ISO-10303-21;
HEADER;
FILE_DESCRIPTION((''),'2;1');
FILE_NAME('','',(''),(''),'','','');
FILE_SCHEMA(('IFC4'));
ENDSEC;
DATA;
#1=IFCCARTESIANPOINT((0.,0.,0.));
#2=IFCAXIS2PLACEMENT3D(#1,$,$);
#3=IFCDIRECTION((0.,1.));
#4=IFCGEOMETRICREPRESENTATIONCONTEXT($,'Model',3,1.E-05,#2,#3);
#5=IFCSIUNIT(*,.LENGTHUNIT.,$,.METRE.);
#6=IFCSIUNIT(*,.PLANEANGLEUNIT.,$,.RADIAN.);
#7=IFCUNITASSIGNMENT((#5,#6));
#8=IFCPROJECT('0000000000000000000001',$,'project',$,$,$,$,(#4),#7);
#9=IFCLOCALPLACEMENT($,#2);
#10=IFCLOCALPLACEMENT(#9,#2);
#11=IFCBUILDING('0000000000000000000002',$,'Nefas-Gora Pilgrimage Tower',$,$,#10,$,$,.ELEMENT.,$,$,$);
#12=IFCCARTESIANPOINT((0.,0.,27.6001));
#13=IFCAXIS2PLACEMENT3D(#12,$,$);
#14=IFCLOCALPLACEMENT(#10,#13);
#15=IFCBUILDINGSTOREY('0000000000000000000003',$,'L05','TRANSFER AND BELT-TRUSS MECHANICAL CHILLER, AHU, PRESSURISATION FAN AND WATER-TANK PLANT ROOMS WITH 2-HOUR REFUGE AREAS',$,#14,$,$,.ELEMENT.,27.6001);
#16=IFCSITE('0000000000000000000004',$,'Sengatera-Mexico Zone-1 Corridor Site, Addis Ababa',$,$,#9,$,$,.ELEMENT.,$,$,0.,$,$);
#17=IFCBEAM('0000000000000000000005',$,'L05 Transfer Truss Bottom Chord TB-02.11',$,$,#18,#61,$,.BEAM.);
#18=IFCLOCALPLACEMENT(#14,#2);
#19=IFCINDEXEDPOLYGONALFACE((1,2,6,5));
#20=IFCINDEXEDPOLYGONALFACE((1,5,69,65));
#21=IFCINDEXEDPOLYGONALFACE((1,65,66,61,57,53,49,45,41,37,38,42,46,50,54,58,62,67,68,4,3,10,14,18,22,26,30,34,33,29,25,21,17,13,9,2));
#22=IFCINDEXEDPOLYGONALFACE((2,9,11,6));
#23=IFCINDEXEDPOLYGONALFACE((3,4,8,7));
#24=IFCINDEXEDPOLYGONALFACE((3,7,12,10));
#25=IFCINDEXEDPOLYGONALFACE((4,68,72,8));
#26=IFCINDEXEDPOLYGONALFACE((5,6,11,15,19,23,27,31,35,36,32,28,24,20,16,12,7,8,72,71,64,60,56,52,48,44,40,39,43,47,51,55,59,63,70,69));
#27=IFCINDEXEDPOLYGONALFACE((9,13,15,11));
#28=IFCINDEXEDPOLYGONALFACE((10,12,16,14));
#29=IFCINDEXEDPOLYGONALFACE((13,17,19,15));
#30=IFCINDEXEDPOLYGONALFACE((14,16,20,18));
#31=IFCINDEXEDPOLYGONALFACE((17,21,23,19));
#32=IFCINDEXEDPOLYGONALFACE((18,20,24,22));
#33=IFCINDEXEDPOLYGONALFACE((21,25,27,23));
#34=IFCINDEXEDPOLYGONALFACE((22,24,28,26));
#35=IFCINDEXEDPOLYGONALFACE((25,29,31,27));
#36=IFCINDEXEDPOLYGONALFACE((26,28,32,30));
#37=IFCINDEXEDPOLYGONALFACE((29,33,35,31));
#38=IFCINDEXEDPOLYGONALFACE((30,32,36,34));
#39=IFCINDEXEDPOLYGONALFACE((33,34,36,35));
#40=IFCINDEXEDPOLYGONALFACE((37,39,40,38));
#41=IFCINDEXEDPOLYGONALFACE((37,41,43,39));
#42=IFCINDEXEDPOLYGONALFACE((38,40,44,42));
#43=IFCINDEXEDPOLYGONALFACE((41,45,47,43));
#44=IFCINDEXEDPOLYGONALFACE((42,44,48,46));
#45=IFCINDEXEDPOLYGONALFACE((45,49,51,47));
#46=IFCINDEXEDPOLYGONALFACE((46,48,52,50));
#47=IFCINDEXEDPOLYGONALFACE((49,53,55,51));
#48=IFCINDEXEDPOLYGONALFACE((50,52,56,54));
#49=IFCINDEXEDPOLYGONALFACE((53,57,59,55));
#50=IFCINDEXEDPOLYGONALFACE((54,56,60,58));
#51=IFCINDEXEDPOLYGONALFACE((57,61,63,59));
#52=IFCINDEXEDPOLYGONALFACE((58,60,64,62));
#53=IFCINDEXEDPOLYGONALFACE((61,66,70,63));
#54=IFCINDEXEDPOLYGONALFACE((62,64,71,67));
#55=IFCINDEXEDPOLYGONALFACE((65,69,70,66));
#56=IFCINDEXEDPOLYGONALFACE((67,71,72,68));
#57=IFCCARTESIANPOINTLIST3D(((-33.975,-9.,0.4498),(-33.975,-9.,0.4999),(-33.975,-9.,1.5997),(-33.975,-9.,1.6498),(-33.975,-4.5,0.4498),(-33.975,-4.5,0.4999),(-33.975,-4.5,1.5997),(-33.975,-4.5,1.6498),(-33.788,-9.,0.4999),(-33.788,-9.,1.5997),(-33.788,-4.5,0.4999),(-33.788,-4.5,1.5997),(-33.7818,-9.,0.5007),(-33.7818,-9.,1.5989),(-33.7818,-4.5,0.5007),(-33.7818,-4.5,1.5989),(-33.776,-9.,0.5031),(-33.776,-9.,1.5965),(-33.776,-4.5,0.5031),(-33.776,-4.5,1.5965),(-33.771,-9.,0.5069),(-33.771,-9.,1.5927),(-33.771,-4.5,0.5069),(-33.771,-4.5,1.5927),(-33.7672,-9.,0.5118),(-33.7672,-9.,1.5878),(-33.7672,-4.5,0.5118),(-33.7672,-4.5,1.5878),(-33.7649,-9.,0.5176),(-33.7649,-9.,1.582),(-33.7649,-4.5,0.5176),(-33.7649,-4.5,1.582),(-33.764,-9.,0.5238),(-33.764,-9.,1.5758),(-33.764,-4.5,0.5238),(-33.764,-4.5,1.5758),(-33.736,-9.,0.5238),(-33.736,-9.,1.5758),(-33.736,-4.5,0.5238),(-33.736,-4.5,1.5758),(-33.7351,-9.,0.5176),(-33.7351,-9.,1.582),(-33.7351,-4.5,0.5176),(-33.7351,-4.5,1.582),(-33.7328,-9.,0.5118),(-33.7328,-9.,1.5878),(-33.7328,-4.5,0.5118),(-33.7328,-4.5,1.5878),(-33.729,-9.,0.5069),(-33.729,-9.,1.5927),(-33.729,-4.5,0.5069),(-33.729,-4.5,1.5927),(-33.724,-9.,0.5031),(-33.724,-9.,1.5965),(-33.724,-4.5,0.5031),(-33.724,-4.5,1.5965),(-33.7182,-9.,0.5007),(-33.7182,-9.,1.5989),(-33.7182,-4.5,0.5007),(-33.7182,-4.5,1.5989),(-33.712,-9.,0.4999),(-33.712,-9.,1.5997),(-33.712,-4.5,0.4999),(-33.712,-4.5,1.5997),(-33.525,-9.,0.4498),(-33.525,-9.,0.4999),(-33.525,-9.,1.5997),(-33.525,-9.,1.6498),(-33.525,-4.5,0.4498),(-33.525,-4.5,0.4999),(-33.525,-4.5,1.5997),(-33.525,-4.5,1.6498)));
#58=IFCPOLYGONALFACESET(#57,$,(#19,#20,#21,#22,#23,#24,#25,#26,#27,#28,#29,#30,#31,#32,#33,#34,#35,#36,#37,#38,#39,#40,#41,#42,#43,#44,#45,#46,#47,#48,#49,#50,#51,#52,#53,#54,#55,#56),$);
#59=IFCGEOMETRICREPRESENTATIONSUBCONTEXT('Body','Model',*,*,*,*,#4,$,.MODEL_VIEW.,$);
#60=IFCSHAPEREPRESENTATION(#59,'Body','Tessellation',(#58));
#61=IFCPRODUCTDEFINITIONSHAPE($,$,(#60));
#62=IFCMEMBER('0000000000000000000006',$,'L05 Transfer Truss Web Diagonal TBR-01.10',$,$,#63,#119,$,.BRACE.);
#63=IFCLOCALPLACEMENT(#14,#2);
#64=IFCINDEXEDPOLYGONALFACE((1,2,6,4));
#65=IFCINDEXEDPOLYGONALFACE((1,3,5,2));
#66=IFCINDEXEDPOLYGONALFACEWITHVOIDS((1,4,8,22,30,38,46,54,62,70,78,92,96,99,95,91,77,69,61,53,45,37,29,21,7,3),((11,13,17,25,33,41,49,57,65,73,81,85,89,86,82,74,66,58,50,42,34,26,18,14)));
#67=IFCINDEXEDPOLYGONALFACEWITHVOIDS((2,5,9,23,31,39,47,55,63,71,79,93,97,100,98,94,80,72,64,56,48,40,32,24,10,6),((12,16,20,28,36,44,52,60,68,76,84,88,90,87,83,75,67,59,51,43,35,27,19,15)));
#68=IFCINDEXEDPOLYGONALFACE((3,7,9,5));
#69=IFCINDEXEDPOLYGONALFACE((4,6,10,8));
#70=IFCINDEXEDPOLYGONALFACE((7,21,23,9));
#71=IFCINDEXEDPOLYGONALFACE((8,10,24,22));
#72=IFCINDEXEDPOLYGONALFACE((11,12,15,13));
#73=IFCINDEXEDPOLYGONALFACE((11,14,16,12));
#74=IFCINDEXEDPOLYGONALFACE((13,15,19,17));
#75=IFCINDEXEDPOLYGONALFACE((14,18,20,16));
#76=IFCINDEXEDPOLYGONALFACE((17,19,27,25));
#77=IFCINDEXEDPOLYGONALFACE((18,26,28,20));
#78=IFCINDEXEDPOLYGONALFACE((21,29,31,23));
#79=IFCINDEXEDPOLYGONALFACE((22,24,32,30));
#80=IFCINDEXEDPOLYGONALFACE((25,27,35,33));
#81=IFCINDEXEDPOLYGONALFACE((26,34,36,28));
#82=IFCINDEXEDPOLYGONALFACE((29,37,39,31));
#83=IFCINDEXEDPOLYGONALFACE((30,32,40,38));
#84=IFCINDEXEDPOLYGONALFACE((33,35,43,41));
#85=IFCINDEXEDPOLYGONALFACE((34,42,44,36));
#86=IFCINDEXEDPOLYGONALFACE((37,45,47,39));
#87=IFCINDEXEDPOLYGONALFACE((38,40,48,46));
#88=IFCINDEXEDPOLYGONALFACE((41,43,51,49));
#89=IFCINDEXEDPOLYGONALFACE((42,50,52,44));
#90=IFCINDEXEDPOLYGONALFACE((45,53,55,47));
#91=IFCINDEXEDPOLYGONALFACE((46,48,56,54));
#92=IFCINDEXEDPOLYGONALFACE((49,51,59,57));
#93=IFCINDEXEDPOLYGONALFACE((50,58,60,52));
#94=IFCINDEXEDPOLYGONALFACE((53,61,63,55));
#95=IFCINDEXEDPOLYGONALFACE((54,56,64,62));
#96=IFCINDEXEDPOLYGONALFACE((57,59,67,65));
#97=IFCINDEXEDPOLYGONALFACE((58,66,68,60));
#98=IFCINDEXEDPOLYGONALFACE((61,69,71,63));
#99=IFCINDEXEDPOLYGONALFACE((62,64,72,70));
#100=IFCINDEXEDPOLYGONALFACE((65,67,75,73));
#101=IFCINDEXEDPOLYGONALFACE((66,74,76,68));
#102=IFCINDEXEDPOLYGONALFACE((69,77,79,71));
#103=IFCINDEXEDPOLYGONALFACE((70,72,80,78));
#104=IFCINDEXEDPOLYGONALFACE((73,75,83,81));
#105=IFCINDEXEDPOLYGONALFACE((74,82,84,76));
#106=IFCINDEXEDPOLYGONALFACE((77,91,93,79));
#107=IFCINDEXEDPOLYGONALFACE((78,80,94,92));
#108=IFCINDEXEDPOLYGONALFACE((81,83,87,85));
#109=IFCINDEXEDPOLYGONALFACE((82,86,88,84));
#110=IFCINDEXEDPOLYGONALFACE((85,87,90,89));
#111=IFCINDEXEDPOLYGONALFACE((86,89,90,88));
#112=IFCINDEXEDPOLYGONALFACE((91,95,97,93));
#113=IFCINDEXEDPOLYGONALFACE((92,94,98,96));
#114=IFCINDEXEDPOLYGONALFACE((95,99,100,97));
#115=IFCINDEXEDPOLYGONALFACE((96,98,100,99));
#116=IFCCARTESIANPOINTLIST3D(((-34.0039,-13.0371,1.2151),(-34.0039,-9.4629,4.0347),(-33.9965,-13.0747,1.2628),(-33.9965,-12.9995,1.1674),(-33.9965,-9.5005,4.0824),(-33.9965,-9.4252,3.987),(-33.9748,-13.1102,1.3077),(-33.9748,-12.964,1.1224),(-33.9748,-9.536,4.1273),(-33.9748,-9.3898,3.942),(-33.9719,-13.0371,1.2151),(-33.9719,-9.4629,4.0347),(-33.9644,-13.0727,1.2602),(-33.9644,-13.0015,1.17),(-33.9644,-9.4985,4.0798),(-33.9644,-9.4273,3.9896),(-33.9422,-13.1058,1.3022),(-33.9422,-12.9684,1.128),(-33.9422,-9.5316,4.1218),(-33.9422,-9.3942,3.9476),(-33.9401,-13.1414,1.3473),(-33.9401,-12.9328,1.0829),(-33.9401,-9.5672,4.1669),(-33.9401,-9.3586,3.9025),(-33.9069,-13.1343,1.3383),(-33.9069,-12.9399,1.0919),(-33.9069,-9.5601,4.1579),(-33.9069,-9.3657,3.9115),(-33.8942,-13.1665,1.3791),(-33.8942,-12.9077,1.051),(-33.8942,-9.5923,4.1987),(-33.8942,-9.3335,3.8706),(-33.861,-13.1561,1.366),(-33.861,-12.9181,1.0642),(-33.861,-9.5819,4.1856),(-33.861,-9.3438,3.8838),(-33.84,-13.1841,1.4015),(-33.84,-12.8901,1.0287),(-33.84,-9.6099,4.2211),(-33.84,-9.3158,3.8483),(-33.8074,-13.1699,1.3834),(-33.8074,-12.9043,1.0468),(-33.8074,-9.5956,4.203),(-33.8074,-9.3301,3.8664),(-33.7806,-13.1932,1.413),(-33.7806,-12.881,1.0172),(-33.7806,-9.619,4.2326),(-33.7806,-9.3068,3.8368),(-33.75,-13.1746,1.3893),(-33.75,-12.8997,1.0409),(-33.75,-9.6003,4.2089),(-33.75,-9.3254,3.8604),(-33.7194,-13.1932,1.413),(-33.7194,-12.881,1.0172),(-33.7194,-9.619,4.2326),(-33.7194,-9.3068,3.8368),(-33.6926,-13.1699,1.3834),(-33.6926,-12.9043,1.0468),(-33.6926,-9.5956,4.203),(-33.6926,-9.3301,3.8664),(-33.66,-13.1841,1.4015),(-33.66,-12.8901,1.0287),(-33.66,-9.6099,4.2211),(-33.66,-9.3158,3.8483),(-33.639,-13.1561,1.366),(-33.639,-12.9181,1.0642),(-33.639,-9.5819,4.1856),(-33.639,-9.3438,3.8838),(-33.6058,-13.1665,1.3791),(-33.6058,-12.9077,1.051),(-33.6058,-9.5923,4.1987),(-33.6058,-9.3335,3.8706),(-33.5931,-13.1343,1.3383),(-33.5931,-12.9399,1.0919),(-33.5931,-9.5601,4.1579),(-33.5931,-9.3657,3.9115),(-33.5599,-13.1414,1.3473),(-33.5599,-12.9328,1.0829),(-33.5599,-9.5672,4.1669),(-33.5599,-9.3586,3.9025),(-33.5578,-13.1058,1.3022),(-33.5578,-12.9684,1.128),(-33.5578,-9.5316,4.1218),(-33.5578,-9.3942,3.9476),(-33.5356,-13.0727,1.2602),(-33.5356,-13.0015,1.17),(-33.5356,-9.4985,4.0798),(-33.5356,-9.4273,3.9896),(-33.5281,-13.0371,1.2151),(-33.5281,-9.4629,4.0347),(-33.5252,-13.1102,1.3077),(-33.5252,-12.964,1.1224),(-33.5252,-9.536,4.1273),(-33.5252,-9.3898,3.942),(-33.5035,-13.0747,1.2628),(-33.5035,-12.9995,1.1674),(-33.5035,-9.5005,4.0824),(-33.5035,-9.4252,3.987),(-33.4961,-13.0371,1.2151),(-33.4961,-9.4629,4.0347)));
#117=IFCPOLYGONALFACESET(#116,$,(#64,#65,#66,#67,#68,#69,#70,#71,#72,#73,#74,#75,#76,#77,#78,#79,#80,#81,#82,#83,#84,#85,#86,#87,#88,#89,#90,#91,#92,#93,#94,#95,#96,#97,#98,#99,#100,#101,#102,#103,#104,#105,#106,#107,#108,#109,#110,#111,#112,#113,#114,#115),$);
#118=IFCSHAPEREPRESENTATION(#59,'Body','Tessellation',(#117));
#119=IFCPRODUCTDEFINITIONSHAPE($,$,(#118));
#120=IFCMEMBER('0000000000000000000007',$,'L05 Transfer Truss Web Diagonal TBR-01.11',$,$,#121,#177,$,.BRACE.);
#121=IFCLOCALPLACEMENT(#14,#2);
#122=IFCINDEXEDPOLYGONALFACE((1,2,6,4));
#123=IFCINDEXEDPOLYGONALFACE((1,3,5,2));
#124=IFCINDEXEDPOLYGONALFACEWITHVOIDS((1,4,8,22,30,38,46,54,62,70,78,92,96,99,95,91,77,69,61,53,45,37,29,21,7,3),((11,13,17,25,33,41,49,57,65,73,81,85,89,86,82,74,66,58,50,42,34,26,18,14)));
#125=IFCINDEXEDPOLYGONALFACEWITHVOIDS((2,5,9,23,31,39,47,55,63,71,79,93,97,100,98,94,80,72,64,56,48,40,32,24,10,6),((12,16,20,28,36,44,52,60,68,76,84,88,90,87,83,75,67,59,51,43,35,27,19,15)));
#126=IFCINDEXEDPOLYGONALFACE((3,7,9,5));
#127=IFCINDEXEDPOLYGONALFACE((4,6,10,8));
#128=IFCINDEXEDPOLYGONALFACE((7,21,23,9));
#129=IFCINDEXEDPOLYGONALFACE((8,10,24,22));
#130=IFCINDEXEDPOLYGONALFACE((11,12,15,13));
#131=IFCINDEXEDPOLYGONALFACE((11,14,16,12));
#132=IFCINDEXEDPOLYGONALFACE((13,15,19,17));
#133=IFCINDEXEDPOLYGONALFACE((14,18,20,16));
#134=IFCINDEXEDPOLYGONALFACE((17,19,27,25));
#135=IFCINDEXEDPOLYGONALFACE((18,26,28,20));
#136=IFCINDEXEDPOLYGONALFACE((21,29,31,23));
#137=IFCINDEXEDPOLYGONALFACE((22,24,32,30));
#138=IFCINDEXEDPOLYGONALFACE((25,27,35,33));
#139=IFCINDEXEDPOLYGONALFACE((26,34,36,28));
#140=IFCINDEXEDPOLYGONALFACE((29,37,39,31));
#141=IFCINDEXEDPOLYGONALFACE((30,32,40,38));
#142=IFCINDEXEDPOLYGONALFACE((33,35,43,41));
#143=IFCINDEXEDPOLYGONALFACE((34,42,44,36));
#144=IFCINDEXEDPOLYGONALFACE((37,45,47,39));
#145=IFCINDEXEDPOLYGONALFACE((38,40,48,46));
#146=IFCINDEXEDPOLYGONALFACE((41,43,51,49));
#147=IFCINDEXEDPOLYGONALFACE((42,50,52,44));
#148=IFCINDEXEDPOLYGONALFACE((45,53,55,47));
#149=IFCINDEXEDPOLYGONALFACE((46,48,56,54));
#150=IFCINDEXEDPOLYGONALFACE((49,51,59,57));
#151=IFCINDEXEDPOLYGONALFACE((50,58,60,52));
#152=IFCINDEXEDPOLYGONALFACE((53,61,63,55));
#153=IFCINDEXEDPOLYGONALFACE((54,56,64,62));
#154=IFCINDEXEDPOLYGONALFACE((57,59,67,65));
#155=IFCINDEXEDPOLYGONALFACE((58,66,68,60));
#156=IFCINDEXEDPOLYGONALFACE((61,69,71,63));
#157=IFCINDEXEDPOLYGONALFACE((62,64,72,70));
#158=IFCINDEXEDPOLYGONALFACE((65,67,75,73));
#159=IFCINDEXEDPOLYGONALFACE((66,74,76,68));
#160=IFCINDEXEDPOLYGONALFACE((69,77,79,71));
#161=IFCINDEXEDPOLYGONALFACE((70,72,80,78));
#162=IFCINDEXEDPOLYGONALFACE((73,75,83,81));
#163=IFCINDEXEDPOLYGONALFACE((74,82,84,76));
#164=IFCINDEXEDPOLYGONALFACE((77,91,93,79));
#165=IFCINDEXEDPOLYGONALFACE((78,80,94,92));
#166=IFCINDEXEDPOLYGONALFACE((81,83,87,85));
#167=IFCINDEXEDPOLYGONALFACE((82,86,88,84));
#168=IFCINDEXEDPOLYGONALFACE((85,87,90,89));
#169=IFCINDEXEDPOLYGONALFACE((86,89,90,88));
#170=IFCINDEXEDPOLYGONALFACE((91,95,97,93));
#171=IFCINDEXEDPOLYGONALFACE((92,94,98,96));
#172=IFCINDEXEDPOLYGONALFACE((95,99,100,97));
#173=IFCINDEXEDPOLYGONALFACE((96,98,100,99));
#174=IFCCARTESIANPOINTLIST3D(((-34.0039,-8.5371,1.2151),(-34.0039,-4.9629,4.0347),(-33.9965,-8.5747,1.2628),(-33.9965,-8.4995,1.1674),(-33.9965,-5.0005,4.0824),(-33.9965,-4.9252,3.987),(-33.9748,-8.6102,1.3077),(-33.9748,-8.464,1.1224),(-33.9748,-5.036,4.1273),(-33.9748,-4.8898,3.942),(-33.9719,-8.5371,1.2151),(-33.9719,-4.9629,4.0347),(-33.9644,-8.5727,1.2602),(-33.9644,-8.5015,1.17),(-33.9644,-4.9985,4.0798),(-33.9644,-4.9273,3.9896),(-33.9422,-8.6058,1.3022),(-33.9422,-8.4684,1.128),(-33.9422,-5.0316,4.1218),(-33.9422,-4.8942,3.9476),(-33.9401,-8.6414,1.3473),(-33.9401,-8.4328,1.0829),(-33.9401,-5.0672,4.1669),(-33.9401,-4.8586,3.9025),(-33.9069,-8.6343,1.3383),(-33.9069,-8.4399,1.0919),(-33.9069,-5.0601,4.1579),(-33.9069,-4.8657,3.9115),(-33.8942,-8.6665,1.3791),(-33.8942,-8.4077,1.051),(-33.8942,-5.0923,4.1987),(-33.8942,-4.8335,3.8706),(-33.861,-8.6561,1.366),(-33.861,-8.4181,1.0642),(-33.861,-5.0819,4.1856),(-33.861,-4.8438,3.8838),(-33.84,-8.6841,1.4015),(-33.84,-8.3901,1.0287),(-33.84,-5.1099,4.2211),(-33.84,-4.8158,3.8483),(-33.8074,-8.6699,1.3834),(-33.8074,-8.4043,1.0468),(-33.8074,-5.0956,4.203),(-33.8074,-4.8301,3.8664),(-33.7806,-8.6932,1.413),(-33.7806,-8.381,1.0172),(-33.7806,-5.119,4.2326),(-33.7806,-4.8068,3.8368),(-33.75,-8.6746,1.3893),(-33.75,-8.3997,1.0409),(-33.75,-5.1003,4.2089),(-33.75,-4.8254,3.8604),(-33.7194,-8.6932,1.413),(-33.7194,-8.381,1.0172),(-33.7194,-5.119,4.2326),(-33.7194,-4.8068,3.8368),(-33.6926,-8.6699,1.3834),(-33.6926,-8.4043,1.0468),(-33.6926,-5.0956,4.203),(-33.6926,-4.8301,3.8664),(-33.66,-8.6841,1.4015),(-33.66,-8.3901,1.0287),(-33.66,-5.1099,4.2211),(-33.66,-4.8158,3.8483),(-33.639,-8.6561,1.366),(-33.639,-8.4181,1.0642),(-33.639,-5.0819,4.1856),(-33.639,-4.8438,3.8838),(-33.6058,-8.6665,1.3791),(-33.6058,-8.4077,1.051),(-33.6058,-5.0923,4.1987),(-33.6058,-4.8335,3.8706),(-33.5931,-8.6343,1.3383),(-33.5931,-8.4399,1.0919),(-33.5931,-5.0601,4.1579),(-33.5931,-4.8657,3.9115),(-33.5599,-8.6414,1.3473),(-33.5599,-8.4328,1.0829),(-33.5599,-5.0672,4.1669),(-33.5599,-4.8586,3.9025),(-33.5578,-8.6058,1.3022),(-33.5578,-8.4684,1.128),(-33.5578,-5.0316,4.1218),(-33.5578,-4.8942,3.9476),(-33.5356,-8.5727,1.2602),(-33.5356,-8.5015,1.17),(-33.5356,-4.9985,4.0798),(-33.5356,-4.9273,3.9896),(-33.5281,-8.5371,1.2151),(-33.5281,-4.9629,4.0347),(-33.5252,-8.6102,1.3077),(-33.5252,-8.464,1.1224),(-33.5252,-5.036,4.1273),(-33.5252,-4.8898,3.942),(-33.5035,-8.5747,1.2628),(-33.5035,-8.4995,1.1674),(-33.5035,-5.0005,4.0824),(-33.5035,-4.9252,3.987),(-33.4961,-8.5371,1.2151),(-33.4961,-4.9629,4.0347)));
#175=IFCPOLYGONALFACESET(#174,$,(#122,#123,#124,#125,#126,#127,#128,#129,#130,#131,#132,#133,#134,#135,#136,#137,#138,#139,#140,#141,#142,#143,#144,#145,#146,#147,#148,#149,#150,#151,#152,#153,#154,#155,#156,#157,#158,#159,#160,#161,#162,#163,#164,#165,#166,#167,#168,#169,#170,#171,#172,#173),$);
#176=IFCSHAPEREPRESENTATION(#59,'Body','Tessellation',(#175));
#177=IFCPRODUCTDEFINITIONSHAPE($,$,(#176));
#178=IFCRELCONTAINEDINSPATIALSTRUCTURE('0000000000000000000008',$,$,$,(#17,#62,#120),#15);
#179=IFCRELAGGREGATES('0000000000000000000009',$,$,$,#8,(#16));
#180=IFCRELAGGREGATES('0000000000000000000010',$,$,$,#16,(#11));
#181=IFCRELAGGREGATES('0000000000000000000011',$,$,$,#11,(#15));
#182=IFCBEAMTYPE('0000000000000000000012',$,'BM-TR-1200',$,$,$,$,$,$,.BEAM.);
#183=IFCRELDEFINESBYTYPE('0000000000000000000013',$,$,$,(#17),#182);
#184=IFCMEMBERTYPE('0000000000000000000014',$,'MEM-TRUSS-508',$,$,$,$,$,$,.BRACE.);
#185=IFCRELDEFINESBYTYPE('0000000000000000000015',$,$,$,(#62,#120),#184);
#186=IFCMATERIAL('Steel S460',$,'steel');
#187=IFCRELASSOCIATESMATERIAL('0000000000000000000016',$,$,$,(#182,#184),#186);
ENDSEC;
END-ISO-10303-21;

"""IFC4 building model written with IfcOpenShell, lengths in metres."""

from ifc_helpers import new_model, si_unit, direction, frame, origin, origin_2d, place, context, subcontext, project, spatial, hollow_circle, i_section, extrude, source, transform, mapped, material, material_profile, profile_set, type_object, element, save


model = new_model("IFC4")

# Units and contexts
model_context = context("Model", 3, precision=1e-05, world=origin(), true_north=direction((0.0, 1.0)))
body_context = subcontext(model_context, "Body", "Model", "MODEL_VIEW")
ifc_project = project(units=[si_unit("LENGTHUNIT", "METRE"), si_unit("PLANEANGLEUNIT", "RADIAN")], contexts=[model_context])

# Site, building, storey
site_placement = place(None, origin())
site = spatial("IfcSite", under=ifc_project, at=site_placement, Name="Sengatera-Mexico Zone-1 Corridor Site, Addis Ababa", CompositionType="ELEMENT", RefElevation=0.0)
building_placement = place(site_placement, origin())
building = spatial("IfcBuilding", under=site, at=building_placement, Name="Nefas-Gora Pilgrimage Tower", CompositionType="ELEMENT")
storey_placement = place(building_placement, frame((0.0, 0.0, 27.6001)))
storey = spatial("IfcBuildingStorey", under=building, at=storey_placement, Name="L05", Description="TRANSFER AND BELT-TRUSS MECHANICAL CHILLER, AHU, PRESSURISATION FAN AND WATER-TANK PLANT ROOMS WITH 2-HOUR REFUGE AREAS", CompositionType="ELEMENT", Elevation=27.6001)

# Shared definitions
ifc_material_1 = material(Name="Steel S460", Category="steel")

# Shared definitions
ifc_material_profile_1 = material_profile(ifc_material_1, i_section(OverallWidth=0.45, OverallDepth=1.2, WebThickness=0.0281, FlangeThickness=0.05, FilletRadius=0.0239, at=origin_2d()), Name="WPG 1200x450x28x50")
ifc_profile_set_1 = profile_set([ifc_material_profile_1], Name="Steel S460")
beam_type_1 = type_object("IfcBeamType", Name="BM-TR-1200", PredefinedType="BEAM", material=ifc_profile_set_1)

# Shared definitions
ifc_material_profile_2 = material_profile(ifc_material_1, hollow_circle(Radius=0.2539, WallThickness=0.032, at=origin_2d()), Name="CHS 508x32")
ifc_profile_set_2 = profile_set([ifc_material_profile_2], Name="Steel S460")
member_type = type_object("IfcMemberType", Name="MEM-TRUSS-508", PredefinedType="BRACE", material=ifc_profile_set_2)

# Beam
shared_shape_1 = source(origin(), body_context, "Body", "SweptSolid", [
    extrude(i_section(OverallWidth=0.45, OverallDepth=1.2, WebThickness=0.0281, FlangeThickness=0.05, FilletRadius=0.0239, at=origin_2d()), origin(), (0.0, 0.0, 1.0), 4.5),
])
beam_1_placement = place(storey_placement, frame((-33.75, -9.0, 1.0498), z_axis=(0.0, 1.0, 0.0), x_axis=(-1.0, 0.0, 0.0)))
element("IfcBeam", 1, at=beam_1_placement, inside=storey, type_object=beam_type_1, Name="L05 Transfer Truss Bottom Chord TB-02.11", PredefinedType="BEAM", context=body_context, shape_type="MappedRepresentation", body=[
    mapped(shared_shape_1, transform((0.0, 0.0, 0.0), x_axis=(1.0, 0.0, 0.0), y_axis=(0.0, 1.0, 0.0), z_axis=(0.0, 0.0, 1.0), scale=1.0)),
])

# Members
shared_shape_2 = source(origin(), body_context, "Body", "SweptSolid", [
    extrude(hollow_circle(Radius=0.2539, WallThickness=0.032, at=origin_2d()), origin(), (0.0, 0.0, 1.0), 4.5525),
])
for number, where, z_axis, x_axis, name in (
    (2, (-33.75, -13.0371, 1.2151), (0.0, 0.785115, 0.61935), (-1.0, 0.0, 0.0), "L05 Transfer Truss Web Diagonal TBR-01.10"),
    (3, (-33.75, -8.5371, 1.2151), (0.0, 0.785115, 0.61935), (-1.0, 0.0, 0.0), "L05 Transfer Truss Web Diagonal TBR-01.11"),
):
    element("IfcMember", number, at=place(storey_placement, frame(where, z_axis=z_axis, x_axis=x_axis)), inside=storey, type_object=member_type, Name=name, PredefinedType="BRACE", context=body_context, shape_type="MappedRepresentation", body=[
        mapped(shared_shape_2, transform((0.0, 0.0, 0.0), x_axis=(1.0, 0.0, 0.0), y_axis=(0.0, 1.0, 0.0), z_axis=(0.0, 0.0, 1.0), scale=1.0)),
    ])

save(model, "model.ifc")
